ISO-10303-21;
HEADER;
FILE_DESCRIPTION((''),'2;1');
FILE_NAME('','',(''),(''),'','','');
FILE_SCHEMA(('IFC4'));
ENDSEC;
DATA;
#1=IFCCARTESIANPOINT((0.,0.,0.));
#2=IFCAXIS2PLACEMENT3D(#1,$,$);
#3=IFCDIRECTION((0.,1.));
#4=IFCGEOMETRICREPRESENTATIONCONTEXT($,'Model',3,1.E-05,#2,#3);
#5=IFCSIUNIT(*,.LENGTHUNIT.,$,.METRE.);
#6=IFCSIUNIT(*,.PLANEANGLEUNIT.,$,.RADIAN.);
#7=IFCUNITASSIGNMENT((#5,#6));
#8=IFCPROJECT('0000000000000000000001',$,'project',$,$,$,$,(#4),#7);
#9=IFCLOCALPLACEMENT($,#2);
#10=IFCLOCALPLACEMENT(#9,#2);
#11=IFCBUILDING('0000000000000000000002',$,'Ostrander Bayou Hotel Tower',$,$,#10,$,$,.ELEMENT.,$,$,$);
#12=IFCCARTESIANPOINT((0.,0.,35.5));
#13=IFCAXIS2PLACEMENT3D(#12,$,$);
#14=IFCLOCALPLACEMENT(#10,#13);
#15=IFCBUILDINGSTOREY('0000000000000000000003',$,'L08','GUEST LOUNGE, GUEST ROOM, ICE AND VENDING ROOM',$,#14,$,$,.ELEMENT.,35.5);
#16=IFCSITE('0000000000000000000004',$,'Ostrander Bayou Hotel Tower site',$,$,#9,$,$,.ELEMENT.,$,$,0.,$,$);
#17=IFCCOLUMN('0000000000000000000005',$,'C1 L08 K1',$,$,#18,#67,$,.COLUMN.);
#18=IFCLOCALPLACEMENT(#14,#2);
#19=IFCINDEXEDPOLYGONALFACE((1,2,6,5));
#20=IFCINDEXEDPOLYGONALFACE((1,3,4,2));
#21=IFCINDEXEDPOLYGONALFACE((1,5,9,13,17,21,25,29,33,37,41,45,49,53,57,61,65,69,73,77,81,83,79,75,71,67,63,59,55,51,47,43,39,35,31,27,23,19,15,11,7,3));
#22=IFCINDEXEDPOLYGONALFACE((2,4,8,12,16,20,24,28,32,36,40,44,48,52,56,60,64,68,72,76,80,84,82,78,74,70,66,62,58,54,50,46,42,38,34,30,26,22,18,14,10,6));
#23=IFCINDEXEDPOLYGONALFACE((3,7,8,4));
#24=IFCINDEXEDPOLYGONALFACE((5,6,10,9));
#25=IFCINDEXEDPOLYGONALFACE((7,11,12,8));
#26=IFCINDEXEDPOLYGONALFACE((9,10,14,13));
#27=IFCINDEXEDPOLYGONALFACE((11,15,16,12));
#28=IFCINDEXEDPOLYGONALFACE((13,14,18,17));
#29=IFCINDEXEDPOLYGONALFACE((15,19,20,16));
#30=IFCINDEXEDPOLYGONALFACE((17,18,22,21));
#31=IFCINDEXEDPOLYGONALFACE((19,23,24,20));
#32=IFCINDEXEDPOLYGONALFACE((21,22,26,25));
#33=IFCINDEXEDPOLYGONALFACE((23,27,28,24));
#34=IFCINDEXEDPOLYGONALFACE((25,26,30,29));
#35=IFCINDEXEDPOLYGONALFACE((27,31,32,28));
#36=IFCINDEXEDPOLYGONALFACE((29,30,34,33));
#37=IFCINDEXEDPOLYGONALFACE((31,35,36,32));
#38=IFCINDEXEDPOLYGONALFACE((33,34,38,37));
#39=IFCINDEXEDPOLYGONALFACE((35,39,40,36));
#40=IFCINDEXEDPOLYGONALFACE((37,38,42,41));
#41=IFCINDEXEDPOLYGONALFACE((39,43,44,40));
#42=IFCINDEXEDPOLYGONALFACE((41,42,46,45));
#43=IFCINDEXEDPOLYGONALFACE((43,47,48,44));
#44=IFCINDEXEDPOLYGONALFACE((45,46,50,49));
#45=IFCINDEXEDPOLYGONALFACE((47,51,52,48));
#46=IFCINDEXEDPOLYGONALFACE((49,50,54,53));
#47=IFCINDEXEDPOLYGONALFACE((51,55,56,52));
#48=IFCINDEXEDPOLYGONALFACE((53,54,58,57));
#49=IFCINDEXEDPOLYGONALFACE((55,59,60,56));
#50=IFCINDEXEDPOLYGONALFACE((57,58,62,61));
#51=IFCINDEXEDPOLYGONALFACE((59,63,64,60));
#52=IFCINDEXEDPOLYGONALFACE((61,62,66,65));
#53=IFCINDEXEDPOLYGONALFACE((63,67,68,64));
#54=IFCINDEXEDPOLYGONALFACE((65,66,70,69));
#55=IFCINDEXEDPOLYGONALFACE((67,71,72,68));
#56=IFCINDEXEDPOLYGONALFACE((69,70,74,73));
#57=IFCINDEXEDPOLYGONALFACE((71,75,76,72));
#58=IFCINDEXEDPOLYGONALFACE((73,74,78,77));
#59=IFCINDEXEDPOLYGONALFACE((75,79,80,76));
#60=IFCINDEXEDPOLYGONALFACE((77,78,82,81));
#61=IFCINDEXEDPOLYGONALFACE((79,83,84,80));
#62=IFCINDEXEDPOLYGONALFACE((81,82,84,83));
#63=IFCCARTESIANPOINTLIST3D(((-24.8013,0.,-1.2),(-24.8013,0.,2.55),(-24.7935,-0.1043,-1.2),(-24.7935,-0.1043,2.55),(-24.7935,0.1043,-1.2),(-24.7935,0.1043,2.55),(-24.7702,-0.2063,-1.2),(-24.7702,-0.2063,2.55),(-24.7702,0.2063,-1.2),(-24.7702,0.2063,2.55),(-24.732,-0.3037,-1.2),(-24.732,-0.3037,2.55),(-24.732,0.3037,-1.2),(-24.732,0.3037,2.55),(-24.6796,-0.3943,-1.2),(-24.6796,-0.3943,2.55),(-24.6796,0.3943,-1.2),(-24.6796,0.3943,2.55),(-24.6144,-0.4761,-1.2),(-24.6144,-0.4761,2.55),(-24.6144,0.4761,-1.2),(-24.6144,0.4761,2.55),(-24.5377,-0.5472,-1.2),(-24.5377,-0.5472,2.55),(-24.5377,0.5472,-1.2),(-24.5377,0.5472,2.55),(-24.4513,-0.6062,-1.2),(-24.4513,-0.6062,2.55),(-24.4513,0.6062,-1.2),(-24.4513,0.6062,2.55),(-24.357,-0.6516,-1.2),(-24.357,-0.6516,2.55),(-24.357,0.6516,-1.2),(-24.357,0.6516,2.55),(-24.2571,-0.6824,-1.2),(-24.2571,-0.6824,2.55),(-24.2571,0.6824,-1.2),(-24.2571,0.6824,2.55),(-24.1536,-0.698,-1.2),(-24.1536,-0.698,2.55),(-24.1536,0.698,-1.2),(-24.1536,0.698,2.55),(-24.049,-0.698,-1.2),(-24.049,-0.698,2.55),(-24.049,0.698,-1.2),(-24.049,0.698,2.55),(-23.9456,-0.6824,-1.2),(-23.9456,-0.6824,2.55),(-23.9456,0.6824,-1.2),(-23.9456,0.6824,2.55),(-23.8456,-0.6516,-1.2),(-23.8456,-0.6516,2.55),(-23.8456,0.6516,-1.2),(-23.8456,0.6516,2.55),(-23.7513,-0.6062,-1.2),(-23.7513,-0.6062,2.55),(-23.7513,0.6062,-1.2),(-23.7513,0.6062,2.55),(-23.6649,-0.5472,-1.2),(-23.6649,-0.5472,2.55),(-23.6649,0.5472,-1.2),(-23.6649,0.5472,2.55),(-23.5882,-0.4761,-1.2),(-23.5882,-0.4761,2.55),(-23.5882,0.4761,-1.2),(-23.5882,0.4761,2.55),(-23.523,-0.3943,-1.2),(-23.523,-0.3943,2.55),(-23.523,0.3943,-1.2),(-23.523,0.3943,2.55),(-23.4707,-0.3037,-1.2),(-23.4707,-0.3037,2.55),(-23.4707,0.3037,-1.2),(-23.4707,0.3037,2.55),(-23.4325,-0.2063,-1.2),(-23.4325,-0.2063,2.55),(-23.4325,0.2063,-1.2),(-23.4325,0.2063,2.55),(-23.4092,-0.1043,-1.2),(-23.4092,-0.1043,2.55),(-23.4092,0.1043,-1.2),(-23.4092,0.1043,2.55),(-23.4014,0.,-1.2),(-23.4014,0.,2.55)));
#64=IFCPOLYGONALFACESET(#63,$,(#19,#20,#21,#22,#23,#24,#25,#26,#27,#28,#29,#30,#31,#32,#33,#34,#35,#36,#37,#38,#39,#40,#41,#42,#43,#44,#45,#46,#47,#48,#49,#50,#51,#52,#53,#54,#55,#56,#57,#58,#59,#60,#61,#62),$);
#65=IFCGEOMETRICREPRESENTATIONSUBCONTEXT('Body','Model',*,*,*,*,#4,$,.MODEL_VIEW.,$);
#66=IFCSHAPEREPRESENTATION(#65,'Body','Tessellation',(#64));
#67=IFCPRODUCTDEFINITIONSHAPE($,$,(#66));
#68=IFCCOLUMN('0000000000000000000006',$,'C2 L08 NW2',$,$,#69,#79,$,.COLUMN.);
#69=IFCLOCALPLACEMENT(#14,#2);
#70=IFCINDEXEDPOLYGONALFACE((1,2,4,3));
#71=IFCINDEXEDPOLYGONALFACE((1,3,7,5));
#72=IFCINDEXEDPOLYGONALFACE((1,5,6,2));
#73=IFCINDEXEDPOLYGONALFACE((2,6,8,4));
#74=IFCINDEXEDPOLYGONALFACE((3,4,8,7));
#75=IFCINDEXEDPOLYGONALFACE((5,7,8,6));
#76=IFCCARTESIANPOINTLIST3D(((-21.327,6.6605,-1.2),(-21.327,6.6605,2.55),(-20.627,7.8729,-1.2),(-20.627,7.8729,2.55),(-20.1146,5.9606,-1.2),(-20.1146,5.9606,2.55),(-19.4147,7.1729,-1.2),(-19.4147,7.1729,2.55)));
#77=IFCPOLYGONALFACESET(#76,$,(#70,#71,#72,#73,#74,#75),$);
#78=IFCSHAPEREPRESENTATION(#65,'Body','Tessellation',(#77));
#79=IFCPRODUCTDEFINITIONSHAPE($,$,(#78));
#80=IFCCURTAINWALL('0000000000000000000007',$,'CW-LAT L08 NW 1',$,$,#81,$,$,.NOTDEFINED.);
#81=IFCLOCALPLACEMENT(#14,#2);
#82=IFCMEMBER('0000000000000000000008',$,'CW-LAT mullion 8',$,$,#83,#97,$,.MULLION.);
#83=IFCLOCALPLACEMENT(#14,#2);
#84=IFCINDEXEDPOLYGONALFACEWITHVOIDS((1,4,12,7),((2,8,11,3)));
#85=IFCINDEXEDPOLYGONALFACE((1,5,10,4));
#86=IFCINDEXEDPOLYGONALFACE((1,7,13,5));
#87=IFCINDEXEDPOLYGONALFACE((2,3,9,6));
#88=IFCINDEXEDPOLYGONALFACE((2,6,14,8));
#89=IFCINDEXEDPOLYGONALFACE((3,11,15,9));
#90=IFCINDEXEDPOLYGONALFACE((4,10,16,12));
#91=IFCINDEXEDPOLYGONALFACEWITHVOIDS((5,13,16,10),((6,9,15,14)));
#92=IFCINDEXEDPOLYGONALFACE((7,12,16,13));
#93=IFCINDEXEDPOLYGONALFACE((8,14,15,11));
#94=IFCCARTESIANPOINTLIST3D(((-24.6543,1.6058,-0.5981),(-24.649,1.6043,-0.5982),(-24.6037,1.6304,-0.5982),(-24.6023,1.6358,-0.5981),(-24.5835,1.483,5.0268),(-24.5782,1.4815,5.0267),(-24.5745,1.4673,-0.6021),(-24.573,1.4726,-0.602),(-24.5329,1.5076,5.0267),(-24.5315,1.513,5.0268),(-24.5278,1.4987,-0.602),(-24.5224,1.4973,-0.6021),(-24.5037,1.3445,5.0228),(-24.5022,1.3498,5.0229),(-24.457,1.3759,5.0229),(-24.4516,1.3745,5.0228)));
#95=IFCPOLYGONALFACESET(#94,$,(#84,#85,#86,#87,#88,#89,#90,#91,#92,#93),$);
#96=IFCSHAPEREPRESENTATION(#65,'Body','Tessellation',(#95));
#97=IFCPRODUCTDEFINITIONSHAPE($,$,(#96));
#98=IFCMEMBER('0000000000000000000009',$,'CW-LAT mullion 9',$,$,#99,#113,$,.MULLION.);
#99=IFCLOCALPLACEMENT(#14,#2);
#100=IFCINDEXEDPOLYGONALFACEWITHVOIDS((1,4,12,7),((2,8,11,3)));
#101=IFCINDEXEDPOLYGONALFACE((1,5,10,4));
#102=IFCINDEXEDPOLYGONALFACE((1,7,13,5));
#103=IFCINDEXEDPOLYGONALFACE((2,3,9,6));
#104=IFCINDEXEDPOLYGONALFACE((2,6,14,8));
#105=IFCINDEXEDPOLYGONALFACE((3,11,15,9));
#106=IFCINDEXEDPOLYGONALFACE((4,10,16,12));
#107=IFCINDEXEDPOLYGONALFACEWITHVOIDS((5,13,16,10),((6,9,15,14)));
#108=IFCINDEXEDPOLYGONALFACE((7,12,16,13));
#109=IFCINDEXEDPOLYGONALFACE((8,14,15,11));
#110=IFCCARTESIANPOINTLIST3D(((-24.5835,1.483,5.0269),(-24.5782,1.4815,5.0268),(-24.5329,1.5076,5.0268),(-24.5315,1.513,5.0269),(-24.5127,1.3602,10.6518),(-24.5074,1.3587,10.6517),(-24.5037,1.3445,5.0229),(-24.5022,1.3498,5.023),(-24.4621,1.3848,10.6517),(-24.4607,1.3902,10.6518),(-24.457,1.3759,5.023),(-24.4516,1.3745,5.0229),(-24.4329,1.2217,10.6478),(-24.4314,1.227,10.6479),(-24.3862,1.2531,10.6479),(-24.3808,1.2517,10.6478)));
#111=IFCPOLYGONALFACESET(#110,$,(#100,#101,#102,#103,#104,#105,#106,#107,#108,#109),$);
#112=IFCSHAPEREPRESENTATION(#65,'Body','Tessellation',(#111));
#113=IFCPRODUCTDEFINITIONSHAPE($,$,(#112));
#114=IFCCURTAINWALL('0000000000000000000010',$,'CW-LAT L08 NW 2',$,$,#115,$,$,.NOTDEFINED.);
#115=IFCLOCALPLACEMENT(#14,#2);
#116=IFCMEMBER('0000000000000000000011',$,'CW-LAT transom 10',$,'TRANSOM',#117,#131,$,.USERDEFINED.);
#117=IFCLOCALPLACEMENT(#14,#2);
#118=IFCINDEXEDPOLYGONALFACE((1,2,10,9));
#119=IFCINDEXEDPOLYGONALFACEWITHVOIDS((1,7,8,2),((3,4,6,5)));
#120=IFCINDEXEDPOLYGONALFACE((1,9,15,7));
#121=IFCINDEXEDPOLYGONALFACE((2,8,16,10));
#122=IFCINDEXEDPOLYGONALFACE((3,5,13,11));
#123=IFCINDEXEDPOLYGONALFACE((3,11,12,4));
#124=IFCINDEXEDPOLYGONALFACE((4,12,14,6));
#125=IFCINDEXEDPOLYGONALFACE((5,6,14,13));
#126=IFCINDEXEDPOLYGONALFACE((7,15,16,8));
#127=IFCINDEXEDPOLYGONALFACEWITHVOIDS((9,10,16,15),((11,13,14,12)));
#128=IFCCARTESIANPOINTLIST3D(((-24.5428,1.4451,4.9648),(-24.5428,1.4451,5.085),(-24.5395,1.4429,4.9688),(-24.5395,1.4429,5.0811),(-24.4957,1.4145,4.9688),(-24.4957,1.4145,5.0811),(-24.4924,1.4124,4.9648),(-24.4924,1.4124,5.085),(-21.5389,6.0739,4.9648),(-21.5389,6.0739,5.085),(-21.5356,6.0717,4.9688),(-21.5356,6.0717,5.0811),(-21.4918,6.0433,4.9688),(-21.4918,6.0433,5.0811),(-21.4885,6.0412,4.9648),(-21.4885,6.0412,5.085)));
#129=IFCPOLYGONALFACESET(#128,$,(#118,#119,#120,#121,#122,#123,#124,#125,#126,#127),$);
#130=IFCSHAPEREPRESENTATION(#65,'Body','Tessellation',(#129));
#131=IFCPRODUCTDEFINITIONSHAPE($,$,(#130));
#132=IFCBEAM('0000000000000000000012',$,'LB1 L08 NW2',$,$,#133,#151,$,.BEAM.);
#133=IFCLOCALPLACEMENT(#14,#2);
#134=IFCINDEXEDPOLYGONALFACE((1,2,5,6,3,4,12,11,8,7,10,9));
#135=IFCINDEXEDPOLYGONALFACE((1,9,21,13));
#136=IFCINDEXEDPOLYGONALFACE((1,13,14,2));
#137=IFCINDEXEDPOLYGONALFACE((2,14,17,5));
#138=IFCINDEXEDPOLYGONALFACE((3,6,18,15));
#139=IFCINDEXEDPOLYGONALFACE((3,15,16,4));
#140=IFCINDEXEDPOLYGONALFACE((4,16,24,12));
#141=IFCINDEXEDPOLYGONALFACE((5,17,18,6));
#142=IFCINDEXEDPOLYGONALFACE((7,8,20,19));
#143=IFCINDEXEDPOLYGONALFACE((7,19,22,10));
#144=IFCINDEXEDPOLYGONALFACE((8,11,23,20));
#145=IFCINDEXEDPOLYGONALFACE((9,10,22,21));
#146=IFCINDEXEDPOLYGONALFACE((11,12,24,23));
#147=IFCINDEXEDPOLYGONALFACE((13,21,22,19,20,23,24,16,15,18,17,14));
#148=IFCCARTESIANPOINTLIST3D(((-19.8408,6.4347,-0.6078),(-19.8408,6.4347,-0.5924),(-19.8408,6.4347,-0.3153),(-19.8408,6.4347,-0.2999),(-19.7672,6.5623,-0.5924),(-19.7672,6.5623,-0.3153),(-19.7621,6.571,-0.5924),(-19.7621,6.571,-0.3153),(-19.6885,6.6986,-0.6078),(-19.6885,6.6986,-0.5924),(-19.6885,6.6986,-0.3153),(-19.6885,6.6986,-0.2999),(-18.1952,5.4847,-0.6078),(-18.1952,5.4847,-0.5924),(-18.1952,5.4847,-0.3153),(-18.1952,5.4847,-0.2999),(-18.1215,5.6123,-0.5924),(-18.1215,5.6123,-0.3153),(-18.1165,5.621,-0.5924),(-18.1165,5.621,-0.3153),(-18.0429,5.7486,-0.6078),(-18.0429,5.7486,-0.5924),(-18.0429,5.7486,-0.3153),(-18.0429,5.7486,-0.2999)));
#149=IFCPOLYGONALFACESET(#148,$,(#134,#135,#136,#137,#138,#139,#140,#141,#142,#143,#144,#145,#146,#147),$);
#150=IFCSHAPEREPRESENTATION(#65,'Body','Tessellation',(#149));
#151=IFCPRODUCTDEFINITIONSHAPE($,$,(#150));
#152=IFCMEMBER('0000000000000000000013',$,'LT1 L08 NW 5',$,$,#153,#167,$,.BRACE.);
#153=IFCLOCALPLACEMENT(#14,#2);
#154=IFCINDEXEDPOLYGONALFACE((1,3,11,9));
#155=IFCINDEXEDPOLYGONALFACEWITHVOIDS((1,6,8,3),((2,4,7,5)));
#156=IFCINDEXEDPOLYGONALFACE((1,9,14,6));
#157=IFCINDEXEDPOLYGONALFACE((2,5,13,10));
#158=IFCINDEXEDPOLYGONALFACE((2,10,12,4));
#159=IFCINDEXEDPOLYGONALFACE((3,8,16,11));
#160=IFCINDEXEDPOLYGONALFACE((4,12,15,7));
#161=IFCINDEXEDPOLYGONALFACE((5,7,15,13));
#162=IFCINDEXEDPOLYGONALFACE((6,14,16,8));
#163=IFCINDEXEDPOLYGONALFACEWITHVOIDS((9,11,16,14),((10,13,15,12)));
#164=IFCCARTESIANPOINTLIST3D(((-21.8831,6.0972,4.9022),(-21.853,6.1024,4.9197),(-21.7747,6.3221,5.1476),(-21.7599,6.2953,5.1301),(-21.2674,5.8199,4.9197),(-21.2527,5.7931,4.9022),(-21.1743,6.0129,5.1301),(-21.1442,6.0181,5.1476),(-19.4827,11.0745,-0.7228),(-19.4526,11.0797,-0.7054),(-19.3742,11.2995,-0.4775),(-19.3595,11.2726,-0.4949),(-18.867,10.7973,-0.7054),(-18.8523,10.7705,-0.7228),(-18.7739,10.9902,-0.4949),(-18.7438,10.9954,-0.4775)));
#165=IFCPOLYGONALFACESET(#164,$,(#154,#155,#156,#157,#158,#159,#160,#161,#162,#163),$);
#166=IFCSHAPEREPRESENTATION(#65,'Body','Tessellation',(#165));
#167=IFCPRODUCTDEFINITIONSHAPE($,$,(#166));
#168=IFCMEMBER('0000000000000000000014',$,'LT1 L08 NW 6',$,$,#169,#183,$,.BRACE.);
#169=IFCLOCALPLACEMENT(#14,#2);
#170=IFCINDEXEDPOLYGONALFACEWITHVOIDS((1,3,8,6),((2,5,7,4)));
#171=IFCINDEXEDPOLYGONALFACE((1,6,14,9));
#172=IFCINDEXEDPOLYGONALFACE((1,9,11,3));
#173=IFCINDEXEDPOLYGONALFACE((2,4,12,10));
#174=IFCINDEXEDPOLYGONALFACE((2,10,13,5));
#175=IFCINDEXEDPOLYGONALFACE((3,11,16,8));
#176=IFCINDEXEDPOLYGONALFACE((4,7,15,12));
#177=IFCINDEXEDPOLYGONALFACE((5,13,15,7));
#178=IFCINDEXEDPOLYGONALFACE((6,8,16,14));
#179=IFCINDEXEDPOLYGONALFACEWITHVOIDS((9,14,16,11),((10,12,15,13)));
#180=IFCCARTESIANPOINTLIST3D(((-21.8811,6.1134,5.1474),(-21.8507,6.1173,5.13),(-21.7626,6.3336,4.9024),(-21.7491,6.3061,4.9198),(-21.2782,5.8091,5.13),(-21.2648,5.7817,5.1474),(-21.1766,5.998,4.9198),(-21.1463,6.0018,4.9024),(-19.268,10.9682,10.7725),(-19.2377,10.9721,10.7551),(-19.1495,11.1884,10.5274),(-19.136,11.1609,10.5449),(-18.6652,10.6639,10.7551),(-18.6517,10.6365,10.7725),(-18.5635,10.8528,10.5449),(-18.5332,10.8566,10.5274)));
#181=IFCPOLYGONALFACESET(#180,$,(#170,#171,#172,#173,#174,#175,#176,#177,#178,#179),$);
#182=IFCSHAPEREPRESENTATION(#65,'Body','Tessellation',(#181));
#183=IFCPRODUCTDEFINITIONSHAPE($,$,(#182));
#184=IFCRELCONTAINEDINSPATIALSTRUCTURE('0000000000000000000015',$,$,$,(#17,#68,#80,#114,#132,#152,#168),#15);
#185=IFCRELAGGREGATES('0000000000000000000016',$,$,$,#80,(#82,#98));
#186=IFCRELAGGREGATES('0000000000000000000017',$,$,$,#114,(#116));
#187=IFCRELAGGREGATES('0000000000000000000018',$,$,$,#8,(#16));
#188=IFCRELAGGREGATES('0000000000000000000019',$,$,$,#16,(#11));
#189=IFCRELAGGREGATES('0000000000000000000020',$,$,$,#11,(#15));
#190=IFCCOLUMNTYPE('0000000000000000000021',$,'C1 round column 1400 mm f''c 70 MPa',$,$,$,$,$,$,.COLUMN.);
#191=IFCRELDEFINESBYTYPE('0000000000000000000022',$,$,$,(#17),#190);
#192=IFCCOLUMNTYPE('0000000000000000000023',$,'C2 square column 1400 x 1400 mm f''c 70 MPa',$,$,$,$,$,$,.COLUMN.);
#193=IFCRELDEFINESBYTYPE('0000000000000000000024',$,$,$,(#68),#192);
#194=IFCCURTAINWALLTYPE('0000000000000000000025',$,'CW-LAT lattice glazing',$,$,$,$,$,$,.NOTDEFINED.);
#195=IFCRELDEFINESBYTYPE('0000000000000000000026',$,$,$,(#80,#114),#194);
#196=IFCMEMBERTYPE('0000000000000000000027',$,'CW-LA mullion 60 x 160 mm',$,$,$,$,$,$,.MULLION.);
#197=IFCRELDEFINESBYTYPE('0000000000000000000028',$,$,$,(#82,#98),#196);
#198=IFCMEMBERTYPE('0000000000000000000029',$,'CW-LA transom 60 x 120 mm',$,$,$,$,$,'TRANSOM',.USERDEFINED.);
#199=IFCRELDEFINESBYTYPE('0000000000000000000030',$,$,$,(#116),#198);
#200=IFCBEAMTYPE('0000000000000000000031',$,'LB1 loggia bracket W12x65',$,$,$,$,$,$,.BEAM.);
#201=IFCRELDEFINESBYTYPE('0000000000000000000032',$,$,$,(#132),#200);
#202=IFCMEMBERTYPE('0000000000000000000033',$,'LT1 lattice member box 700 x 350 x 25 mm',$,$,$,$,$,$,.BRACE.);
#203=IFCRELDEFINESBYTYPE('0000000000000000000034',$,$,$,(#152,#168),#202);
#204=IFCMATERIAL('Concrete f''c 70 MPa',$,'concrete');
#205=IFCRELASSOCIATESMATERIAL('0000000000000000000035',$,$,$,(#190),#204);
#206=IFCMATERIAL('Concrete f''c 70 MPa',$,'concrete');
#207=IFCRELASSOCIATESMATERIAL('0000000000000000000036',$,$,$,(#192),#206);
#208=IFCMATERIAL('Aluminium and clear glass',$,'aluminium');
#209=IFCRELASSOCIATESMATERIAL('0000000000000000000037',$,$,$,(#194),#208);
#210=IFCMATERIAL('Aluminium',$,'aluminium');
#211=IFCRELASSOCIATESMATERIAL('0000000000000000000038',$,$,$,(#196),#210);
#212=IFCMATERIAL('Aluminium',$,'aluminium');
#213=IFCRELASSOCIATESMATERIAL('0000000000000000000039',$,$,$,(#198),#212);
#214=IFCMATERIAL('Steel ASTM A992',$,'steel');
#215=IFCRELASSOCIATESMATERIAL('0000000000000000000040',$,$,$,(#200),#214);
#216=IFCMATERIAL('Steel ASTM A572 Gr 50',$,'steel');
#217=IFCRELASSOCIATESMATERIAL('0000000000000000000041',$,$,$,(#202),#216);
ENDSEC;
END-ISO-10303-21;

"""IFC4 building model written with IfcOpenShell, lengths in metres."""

from ifc_helpers import new_model, si_unit, direction, frame, origin, origin_2d, place, context, subcontext, project, spatial, rectangle, hollow_rectangle, circle, i_section, extrude, material, material_profile, profile_set, type_object, element, aggregate, save


model = new_model("IFC4")

# Units and contexts
model_context = context("Model", 3, precision=1e-05, world=origin(), true_north=direction((0.0, 1.0)))
body_context = subcontext(model_context, "Body", "Model", "MODEL_VIEW")
ifc_project = project(units=[si_unit("LENGTHUNIT", "METRE"), si_unit("PLANEANGLEUNIT", "RADIAN")], contexts=[model_context])

# Site, building, storey
site_placement = place(None, origin())
site = spatial("IfcSite", under=ifc_project, at=site_placement, Name="Ostrander Bayou Hotel Tower site", CompositionType="ELEMENT", RefElevation=0.0)
building_placement = place(site_placement, origin())
building = spatial("IfcBuilding", under=site, at=building_placement, Name="Ostrander Bayou Hotel Tower", CompositionType="ELEMENT")
storey_placement = place(building_placement, frame((0.0, 0.0, 35.5)))
storey = spatial("IfcBuildingStorey", under=building, at=storey_placement, Name="L08", Description="GUEST LOUNGE, GUEST ROOM, ICE AND VENDING ROOM", CompositionType="ELEMENT", Elevation=35.5)

# Columns
ifc_material_1 = material(Name="Concrete f'c 70 MPa", Category="concrete")
ifc_material_profile_1 = material_profile(ifc_material_1, circle(Radius=0.7, at=origin_2d()))
ifc_profile_set_1 = profile_set([ifc_material_profile_1], Name="Concrete f'c 70 MPa")
column_type_1 = type_object("IfcColumnType", Name="C1 round column 1400 mm f'c 70 MPa", PredefinedType="COLUMN", material=ifc_profile_set_1)
column_1_placement = place(storey_placement, frame((-24.1013, 0.0, -1.2), z_axis=(0.0, 0.0, 1.0), x_axis=(1.0, 0.0, 0.0)))
element("IfcColumn", 1, at=column_1_placement, inside=storey, type_object=column_type_1, Name="C1 L08 K1", PredefinedType="COLUMN", context=body_context, shape_type="SweptSolid", body=[
    extrude(circle(Radius=0.7, at=origin_2d()), origin(), (0.0, 0.0, 1.0), 3.75),
])
ifc_material_2 = material(Name="Concrete f'c 70 MPa", Category="concrete")
ifc_material_profile_2 = material_profile(ifc_material_2, rectangle(XDim=1.3999, YDim=1.3999, at=origin_2d()))
ifc_profile_set_2 = profile_set([ifc_material_profile_2], Name="Concrete f'c 70 MPa")
column_type_2 = type_object("IfcColumnType", Name="C2 square column 1400 x 1400 mm f'c 70 MPa", PredefinedType="COLUMN", material=ifc_profile_set_2)
column_2_placement = place(storey_placement, frame((-20.3708, 6.9167, -1.2), z_axis=(0.0, 0.0, 1.0), x_axis=(0.5, 0.866025, 0.0)))
element("IfcColumn", 2, at=column_2_placement, inside=storey, type_object=column_type_2, Name="C2 L08 NW2", PredefinedType="COLUMN", context=body_context, shape_type="SweptSolid", body=[
    extrude(rectangle(XDim=1.3999, YDim=1.3999, at=origin_2d()), origin(), (0.0, 0.0, 1.0), 3.75),
])

# Curtain wall, members
ifc_material_3 = material(Name="Aluminium and clear glass", Category="aluminium")
curtain_wall_type = type_object("IfcCurtainWallType", Name="CW-LAT lattice glazing", PredefinedType="NOTDEFINED", material=ifc_material_3)
curtain_wall_1_placement = place(storey_placement, origin())
curtain_wall_1 = element("IfcCurtainWall", 3, at=curtain_wall_1_placement, inside=storey, type_object=curtain_wall_type, Name="CW-LAT L08 NW 1", PredefinedType="NOTDEFINED")
ifc_material_4 = material(Name="Aluminium", Category="aluminium")
ifc_material_profile_3 = material_profile(ifc_material_4, hollow_rectangle(XDim=0.0601, YDim=0.1599, WallThickness=0.0039, at=origin_2d()))
ifc_profile_set_3 = profile_set([ifc_material_profile_3], Name="Aluminium")
member_type_1 = type_object("IfcMemberType", Name="CW-LA mullion 60 x 160 mm", PredefinedType="MULLION", material=ifc_profile_set_3)
member_1_placement = place(storey_placement, frame((-24.5884, 1.5515, -0.6001), z_axis=(0.012583, -0.021825, 0.999683), x_axis=(0.866329, 0.499474, 0.0)))
member_1 = element("IfcMember", 4, at=member_1_placement, type_object=member_type_1, Name="CW-LAT mullion 8", PredefinedType="MULLION", context=body_context, shape_type="SweptSolid", body=[
    extrude(hollow_rectangle(XDim=0.0601, YDim=0.1599, WallThickness=0.0039, at=origin_2d()), origin(), (0.0, 0.0, 1.0), 5.6267),
])
member_2_placement = place(storey_placement, frame((-24.5176, 1.4287, 5.0249), z_axis=(0.012583, -0.021825, 0.999683), x_axis=(0.866329, 0.499474, 0.0)))
member_2 = element("IfcMember", 5, at=member_2_placement, type_object=member_type_1, Name="CW-LAT mullion 9", PredefinedType="MULLION", context=body_context, shape_type="SweptSolid", body=[
    extrude(hollow_rectangle(XDim=0.0601, YDim=0.1599, WallThickness=0.0039, at=origin_2d()), origin(), (0.0, 0.0, 1.0), 5.6267),
])

# Curtain wall, member
curtain_wall_2_placement = place(storey_placement, origin())
curtain_wall_2 = element("IfcCurtainWall", 6, at=curtain_wall_2_placement, inside=storey, type_object=curtain_wall_type, Name="CW-LAT L08 NW 2", PredefinedType="NOTDEFINED")
ifc_material_5 = material(Name="Aluminium", Category="aluminium")
ifc_material_profile_4 = material_profile(ifc_material_5, hollow_rectangle(XDim=0.0601, YDim=0.1201, WallThickness=0.0039, at=origin_2d()))
ifc_profile_set_4 = profile_set([ifc_material_profile_4], Name="Aluminium")
member_type_2 = type_object("IfcMemberType", Name="CW-LA transom 60 x 120 mm", ElementType="TRANSOM", PredefinedType="USERDEFINED", material=ifc_profile_set_4)
member_3_placement = place(storey_placement, frame((-24.5176, 1.4287, 5.0249), z_axis=(0.544366, 0.838848, 0.0), x_axis=(-0.838848, 0.544366, 0.0)))
member_3 = element("IfcMember", 7, at=member_3_placement, type_object=member_type_2, Name="CW-LAT transom 10", ObjectType="TRANSOM", PredefinedType="USERDEFINED", context=body_context, shape_type="SweptSolid", body=[
    extrude(hollow_rectangle(XDim=0.0601, YDim=0.1201, WallThickness=0.0039, at=origin_2d()), origin(), (0.0, 0.0, 1.0), 5.5181),
])

# Beam
ifc_material_6 = material(Name="Steel ASTM A992", Category="steel")
ifc_material_profile_5 = material_profile(ifc_material_6, i_section(OverallWidth=0.3047, OverallDepth=0.3079, WebThickness=0.01, FlangeThickness=0.0154, at=origin_2d()))
ifc_profile_set_5 = profile_set([ifc_material_profile_5], Name="Steel ASTM A992")
beam_type_1 = type_object("IfcBeamType", Name="LB1 loggia bracket W12x65", PredefinedType="BEAM", material=ifc_profile_set_5)
beam_1_placement = place(storey_placement, frame((-19.7646, 6.5667, -0.4539), z_axis=(0.866044, -0.499967, 0.0), x_axis=(0.499967, 0.866044, 0.0)))
element("IfcBeam", 8, at=beam_1_placement, inside=storey, type_object=beam_type_1, Name="LB1 L08 NW2", PredefinedType="BEAM", context=body_context, shape_type="SweptSolid", body=[
    extrude(i_section(OverallWidth=0.3047, OverallDepth=0.3079, WebThickness=0.01, FlangeThickness=0.0154, at=origin_2d()), origin(), (0.0, 0.0, 1.0), 1.9001),
])

# Members
ifc_material_7 = material(Name="Steel ASTM A572 Gr 50", Category="steel")
ifc_material_profile_6 = material_profile(ifc_material_7, hollow_rectangle(XDim=0.7, YDim=0.3501, WallThickness=0.0249, at=origin_2d()))
ifc_profile_set_6 = profile_set([ifc_material_profile_6], Name="Steel ASTM A572 Gr 50")
member_type_3 = type_object("IfcMemberType", Name="LT1 lattice member box 700 x 350 x 25 mm", PredefinedType="BRACE", material=ifc_profile_set_6)
member_4_placement = place(storey_placement, frame((-21.5137, 6.0576, 5.0249), z_axis=(0.304418, 0.631222, -0.713364), x_axis=(-0.900725, 0.434391, 0.0)))
element("IfcMember", 9, at=member_4_placement, inside=storey, type_object=member_type_3, Name="LT1 L08 NW 5", PredefinedType="BRACE", context=body_context, shape_type="SweptSolid", body=[
    extrude(hollow_rectangle(XDim=0.7, YDim=0.3501, WallThickness=0.0249, at=origin_2d()), origin(), (0.0, 0.0, 1.0), 7.8853),
])
member_5_placement = place(storey_placement, frame((-21.5137, 6.0576, 5.0249), z_axis=(0.331757, 0.616368, 0.714162), x_axis=(-0.880551, 0.473952, 0.0)))
element("IfcMember", 10, at=member_5_placement, inside=storey, type_object=member_type_3, Name="LT1 L08 NW 6", PredefinedType="BRACE", context=body_context, shape_type="SweptSolid", body=[
    extrude(hollow_rectangle(XDim=0.7, YDim=0.3501, WallThickness=0.0249, at=origin_2d()), origin(), (0.0, 0.0, 1.0), 7.8765),
])

aggregate(curtain_wall_1, [member_1, member_2])
aggregate(curtain_wall_2, [member_3])

save(model, "model.ifc")
